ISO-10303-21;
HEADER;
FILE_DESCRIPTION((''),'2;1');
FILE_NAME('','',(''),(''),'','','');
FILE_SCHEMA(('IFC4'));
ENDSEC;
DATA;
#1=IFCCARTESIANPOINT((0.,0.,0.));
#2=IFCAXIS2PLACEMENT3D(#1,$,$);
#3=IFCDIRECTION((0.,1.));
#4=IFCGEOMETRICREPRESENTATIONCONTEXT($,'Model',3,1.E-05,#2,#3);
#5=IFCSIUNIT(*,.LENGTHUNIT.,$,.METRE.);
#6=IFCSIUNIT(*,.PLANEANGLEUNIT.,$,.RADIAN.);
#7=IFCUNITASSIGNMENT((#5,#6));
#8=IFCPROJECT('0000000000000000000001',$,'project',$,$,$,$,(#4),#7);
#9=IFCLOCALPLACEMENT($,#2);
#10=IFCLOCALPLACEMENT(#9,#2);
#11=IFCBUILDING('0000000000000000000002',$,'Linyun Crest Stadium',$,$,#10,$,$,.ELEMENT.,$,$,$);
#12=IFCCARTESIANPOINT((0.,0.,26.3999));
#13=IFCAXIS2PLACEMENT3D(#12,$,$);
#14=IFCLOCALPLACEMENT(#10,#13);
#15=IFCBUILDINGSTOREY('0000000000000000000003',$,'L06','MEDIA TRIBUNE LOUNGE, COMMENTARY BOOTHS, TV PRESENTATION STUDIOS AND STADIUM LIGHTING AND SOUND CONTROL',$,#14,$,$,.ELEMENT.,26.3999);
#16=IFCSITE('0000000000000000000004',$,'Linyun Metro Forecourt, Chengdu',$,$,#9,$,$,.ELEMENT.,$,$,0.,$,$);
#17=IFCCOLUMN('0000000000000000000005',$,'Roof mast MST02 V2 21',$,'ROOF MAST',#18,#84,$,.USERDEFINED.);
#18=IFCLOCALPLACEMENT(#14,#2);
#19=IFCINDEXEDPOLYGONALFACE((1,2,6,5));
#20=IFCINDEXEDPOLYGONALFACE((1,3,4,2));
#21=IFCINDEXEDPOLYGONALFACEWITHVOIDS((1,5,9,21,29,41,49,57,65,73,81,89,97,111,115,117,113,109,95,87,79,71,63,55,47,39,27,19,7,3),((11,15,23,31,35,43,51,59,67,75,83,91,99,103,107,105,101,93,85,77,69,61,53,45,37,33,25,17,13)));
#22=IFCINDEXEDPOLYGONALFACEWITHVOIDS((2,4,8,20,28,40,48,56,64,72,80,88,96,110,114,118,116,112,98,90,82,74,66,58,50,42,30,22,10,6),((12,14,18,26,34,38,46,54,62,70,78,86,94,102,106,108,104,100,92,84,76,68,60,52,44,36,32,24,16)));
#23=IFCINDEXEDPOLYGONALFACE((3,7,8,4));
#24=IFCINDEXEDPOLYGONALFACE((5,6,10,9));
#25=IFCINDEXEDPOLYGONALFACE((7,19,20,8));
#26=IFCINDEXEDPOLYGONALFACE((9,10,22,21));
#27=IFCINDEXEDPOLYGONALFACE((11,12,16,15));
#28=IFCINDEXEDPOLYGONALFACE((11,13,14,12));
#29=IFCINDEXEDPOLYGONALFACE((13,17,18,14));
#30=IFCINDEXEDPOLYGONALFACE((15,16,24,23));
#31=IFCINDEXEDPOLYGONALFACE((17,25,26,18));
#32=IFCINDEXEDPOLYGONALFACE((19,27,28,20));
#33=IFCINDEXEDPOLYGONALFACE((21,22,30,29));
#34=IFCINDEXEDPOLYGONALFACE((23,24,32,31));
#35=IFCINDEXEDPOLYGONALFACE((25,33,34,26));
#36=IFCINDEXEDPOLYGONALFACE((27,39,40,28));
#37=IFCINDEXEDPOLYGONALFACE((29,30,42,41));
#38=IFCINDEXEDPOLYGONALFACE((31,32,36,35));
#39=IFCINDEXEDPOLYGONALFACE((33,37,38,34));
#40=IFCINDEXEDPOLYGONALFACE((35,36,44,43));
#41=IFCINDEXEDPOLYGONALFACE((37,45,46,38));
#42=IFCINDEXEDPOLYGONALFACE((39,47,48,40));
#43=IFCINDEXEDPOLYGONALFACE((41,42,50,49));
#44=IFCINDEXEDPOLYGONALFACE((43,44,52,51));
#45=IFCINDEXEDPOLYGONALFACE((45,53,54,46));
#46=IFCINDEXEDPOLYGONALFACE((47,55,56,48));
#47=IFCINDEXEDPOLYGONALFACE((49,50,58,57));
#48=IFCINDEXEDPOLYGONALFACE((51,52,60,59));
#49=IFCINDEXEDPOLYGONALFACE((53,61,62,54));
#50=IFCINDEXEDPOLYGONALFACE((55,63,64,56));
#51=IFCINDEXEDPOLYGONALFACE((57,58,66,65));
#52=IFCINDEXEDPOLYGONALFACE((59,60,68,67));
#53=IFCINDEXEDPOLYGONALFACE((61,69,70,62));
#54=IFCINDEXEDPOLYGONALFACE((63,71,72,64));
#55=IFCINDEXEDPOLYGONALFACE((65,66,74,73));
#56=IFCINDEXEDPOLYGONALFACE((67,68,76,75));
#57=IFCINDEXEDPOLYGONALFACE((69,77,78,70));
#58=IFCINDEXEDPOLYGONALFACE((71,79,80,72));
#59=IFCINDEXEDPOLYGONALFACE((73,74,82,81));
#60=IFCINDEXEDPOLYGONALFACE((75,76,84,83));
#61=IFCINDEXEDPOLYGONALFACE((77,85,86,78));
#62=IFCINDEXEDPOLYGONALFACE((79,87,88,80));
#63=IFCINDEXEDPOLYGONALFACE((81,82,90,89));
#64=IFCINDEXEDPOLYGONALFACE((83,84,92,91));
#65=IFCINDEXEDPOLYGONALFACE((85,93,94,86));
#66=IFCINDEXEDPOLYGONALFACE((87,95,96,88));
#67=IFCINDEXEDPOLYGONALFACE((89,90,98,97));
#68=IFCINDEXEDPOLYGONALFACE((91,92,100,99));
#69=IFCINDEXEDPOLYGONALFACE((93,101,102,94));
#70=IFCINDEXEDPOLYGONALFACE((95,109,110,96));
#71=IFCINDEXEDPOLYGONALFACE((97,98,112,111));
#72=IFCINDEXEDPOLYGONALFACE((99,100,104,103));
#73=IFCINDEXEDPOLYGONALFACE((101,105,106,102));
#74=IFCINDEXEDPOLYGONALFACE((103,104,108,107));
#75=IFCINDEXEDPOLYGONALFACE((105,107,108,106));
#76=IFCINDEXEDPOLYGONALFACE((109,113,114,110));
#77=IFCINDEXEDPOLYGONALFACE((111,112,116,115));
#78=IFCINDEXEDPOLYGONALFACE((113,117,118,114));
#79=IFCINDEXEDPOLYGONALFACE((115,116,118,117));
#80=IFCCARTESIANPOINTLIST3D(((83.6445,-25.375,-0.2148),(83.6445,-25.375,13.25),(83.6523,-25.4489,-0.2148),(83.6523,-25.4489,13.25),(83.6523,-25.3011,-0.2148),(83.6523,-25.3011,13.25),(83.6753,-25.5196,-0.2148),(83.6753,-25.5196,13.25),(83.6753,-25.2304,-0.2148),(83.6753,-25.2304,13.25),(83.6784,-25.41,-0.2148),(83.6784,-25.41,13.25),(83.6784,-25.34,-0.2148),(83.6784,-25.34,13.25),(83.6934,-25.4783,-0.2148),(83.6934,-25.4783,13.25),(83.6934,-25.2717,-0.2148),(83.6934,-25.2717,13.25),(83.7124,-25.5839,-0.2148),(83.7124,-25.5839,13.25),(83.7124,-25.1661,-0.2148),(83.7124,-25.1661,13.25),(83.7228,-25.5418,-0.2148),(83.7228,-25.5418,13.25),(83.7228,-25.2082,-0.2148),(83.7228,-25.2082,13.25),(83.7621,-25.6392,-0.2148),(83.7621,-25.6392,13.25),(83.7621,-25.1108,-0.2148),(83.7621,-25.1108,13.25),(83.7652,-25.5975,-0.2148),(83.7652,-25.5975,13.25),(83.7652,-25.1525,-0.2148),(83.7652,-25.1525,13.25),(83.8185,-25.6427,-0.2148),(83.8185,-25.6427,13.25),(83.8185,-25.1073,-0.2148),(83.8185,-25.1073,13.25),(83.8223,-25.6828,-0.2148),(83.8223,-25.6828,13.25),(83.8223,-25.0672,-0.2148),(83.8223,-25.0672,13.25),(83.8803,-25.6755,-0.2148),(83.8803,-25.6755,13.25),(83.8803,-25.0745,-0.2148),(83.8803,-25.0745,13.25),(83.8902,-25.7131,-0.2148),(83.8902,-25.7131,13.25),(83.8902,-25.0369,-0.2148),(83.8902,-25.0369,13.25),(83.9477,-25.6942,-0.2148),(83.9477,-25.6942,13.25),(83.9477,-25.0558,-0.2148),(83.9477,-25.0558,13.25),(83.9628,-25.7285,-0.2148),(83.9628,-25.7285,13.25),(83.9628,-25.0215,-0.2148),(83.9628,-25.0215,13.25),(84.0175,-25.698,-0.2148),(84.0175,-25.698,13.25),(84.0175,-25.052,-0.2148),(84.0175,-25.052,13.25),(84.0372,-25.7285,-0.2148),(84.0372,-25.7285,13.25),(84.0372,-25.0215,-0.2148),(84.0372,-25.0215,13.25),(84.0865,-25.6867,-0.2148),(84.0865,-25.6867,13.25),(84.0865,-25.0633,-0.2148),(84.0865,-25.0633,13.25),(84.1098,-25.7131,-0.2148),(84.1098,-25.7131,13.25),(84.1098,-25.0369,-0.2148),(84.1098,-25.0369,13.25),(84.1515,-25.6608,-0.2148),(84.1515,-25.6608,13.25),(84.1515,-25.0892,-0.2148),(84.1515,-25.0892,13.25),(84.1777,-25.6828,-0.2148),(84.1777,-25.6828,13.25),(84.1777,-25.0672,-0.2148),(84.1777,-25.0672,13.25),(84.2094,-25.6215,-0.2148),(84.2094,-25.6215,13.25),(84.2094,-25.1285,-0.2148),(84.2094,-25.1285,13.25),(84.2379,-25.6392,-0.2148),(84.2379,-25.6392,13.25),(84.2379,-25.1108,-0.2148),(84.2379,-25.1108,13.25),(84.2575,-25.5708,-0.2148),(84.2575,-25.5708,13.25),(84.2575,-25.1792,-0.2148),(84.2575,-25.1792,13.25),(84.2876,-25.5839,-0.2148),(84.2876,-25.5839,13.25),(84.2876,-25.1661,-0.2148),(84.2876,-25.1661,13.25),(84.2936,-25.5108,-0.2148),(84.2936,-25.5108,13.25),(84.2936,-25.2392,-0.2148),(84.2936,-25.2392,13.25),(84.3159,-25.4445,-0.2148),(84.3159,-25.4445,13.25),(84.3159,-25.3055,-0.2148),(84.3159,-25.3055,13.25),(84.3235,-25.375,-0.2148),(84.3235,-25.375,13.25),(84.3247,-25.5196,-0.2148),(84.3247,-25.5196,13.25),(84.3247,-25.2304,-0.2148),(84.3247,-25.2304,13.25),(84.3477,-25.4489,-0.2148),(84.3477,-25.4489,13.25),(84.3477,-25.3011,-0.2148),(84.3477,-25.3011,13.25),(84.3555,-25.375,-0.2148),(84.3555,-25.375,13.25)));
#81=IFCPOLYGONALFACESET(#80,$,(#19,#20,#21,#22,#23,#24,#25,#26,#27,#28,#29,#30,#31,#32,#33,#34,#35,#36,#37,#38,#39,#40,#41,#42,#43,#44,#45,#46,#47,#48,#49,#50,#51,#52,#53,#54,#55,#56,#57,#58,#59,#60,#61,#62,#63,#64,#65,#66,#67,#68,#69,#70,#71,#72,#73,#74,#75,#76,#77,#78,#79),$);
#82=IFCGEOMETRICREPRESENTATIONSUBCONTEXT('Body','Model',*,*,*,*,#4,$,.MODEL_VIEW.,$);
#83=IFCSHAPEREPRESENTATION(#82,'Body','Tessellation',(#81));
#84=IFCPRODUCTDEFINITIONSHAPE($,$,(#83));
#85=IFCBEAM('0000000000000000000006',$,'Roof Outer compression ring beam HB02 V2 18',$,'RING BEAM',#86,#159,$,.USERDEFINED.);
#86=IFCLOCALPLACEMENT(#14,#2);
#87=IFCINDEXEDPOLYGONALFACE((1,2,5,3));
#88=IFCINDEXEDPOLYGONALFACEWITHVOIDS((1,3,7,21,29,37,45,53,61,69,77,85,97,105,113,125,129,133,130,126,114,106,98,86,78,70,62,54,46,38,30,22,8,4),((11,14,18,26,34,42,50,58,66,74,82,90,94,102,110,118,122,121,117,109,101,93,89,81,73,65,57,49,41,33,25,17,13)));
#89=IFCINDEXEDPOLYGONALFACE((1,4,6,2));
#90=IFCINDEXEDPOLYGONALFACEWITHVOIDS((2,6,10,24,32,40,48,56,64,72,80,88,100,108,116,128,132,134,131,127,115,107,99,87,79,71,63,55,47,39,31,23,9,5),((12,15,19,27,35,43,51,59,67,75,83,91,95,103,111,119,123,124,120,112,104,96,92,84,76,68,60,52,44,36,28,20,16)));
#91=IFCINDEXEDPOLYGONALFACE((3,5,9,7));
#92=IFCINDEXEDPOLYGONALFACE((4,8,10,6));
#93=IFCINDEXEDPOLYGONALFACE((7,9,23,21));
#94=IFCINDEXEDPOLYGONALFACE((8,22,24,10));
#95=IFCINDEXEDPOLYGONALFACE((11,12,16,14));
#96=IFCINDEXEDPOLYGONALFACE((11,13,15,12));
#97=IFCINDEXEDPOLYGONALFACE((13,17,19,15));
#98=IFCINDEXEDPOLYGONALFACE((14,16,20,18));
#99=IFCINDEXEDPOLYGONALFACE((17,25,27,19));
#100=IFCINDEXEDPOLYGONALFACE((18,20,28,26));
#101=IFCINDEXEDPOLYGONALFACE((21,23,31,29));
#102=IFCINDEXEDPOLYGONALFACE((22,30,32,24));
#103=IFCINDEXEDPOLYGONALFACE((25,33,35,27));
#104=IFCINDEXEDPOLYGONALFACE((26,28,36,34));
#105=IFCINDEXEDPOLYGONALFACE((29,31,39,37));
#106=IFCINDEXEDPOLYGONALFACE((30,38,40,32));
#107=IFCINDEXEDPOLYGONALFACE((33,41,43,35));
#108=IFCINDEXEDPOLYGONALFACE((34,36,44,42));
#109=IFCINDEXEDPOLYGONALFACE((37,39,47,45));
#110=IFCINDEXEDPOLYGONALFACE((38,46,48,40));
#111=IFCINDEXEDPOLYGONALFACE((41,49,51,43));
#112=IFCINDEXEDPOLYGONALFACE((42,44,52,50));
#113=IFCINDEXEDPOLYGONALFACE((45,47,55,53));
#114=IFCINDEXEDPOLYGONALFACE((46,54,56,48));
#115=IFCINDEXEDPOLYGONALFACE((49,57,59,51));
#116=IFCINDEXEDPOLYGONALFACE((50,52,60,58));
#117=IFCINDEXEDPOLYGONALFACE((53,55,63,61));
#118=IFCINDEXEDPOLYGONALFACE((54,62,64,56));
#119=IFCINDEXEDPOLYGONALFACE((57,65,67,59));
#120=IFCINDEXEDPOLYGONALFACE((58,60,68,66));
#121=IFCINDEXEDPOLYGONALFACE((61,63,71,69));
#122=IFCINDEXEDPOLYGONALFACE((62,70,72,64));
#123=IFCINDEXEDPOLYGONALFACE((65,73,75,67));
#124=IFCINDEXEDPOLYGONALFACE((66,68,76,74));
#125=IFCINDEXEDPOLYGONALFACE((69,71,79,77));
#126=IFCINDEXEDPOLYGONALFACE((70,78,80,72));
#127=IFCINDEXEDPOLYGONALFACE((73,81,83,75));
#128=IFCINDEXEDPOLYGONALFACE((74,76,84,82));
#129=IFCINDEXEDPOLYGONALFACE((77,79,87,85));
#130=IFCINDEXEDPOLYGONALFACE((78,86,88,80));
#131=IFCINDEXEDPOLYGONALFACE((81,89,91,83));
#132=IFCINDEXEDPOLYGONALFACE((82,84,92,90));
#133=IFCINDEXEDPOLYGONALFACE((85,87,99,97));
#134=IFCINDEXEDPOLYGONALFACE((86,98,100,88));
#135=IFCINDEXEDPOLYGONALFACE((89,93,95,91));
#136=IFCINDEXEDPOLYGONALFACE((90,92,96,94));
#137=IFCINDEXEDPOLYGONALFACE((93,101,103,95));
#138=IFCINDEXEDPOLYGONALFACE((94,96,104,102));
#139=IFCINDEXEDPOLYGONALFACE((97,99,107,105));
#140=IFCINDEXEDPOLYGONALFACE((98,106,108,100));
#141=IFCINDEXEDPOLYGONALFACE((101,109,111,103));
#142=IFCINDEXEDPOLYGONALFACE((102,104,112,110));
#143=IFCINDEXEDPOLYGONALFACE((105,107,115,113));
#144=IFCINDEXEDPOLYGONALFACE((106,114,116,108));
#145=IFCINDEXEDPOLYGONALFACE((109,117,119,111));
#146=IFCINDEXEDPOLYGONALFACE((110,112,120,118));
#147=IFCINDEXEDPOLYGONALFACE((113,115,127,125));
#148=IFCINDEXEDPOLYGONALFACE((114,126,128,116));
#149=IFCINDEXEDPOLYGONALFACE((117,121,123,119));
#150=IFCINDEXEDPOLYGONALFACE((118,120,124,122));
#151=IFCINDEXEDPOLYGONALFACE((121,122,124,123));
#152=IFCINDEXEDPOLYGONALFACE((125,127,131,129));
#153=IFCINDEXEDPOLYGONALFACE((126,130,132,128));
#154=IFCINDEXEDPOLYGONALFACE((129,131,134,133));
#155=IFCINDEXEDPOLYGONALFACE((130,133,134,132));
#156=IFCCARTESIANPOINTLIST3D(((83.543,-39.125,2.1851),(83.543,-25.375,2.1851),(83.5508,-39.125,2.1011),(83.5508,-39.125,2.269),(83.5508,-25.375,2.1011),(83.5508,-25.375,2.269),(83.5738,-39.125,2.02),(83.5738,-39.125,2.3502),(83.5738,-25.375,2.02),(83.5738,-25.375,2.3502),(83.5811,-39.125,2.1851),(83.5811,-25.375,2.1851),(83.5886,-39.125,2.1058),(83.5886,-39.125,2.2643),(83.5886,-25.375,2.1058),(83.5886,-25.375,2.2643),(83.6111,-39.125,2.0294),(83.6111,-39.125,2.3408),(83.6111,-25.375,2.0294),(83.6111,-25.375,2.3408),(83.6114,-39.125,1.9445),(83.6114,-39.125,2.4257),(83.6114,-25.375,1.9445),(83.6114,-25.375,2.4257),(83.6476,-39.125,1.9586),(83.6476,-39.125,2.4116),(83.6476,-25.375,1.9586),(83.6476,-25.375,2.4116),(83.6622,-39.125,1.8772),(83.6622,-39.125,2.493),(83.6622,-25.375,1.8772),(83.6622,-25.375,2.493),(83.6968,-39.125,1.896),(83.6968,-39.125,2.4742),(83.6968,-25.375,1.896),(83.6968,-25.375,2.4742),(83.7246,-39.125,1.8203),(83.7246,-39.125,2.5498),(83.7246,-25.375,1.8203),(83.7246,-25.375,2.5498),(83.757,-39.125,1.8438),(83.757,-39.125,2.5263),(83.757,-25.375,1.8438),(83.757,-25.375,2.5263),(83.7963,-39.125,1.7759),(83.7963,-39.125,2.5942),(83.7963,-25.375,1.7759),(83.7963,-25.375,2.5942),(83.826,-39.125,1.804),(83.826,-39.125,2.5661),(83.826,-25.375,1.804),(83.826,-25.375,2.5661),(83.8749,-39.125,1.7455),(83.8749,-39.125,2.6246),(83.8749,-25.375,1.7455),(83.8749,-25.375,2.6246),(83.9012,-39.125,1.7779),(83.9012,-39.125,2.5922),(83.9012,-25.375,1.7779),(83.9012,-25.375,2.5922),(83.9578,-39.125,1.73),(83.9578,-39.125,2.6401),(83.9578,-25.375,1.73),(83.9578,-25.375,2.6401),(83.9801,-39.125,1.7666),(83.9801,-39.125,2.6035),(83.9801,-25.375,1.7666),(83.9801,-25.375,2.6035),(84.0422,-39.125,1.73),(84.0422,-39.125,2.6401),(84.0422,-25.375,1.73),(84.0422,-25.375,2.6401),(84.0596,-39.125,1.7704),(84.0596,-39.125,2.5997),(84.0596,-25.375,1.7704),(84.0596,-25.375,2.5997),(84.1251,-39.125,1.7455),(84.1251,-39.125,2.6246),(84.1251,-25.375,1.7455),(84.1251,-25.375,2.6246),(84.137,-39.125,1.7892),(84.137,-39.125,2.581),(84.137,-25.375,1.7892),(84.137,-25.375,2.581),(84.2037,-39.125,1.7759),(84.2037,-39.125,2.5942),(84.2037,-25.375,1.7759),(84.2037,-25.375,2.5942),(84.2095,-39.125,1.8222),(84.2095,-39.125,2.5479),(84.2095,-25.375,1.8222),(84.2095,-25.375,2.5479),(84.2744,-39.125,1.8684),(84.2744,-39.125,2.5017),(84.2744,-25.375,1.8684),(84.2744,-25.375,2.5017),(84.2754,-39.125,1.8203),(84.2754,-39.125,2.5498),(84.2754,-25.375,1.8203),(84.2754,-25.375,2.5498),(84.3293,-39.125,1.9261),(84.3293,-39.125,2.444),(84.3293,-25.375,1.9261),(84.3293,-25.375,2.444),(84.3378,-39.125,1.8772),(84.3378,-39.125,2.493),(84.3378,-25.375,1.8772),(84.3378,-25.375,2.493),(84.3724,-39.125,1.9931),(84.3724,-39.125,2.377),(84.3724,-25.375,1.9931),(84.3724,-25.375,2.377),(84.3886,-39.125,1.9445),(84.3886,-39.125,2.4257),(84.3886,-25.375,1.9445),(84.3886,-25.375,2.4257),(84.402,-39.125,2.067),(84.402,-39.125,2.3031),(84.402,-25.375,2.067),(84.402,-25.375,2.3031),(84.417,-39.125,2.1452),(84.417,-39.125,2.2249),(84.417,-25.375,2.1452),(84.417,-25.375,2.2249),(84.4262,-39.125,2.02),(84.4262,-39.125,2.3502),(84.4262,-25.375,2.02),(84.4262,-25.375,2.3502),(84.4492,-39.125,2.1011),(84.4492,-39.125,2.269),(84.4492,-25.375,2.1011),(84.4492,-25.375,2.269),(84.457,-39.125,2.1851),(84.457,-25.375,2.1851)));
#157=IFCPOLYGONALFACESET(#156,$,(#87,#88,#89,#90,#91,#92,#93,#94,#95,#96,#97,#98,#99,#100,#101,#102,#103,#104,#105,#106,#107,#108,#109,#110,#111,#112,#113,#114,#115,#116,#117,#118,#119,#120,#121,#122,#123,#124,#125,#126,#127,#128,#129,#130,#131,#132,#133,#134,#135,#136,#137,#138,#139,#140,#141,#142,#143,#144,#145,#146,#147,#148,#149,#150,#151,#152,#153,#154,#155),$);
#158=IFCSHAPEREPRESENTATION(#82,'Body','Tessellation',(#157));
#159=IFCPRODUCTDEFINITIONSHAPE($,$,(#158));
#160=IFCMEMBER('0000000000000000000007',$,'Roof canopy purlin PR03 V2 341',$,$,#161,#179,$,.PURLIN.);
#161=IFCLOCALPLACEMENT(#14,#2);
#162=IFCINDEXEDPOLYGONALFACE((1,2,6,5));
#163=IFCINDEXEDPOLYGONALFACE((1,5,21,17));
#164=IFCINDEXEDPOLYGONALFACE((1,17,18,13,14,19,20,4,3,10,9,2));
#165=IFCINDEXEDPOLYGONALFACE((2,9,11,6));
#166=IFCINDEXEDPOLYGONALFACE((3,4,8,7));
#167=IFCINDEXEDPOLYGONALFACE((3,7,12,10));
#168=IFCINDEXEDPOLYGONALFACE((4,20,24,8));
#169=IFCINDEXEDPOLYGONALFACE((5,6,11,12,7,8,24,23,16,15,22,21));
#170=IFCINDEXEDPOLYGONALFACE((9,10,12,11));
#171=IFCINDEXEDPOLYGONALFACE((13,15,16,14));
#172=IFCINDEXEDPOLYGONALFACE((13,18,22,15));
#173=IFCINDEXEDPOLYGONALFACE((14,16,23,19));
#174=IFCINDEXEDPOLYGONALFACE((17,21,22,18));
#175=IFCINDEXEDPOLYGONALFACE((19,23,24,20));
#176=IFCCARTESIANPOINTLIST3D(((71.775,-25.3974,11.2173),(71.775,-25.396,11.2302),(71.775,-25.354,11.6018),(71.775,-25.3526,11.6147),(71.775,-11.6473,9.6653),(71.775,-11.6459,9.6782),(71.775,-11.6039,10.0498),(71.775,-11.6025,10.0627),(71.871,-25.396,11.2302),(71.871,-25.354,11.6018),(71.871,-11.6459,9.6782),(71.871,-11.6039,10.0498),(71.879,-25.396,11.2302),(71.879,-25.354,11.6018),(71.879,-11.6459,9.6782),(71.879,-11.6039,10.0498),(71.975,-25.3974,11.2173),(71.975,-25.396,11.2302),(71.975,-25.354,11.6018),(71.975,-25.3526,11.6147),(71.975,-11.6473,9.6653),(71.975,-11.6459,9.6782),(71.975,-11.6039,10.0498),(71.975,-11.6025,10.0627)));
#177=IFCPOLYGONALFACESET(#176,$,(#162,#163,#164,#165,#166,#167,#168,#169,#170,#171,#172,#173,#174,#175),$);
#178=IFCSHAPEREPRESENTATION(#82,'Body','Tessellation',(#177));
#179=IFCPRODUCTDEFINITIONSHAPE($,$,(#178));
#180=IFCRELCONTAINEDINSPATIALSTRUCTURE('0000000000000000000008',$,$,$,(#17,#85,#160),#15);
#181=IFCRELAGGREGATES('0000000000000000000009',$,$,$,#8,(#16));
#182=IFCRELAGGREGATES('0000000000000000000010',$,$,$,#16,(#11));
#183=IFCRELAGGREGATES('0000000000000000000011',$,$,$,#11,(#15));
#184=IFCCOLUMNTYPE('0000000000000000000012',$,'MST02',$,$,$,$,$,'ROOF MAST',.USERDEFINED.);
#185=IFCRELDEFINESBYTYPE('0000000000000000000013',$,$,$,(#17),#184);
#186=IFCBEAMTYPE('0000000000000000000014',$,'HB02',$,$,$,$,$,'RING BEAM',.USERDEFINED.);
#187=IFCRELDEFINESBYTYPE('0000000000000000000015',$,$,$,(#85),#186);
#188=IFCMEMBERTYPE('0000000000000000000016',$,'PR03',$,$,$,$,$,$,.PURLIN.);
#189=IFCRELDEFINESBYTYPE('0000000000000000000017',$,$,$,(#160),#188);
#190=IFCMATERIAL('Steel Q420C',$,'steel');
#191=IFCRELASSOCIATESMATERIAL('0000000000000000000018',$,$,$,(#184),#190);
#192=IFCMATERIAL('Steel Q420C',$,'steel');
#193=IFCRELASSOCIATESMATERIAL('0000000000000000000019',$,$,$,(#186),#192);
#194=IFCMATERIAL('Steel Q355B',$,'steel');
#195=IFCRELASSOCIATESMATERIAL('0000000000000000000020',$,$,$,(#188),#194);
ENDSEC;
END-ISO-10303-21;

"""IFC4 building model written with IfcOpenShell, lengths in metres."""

from ifc_helpers import new_model, si_unit, direction, frame, origin, origin_2d, place, context, subcontext, project, spatial, hollow_circle, i_section, extrude, material, material_profile, profile_set, type_object, element, save


model = new_model("IFC4")

# Units and contexts
model_context = context("Model", 3, precision=1e-05, world=origin(), true_north=direction((0.0, 1.0)))
body_context = subcontext(model_context, "Body", "Model", "MODEL_VIEW")
ifc_project = project(units=[si_unit("LENGTHUNIT", "METRE"), si_unit("PLANEANGLEUNIT", "RADIAN")], contexts=[model_context])

# Site, building, storey
site_placement = place(None, origin())
site = spatial("IfcSite", under=ifc_project, at=site_placement, Name="Linyun Metro Forecourt, Chengdu", CompositionType="ELEMENT", RefElevation=0.0)
building_placement = place(site_placement, origin())
building = spatial("IfcBuilding", under=site, at=building_placement, Name="Linyun Crest Stadium", CompositionType="ELEMENT")
storey_placement = place(building_placement, frame((0.0, 0.0, 26.3999)))
storey = spatial("IfcBuildingStorey", under=building, at=storey_placement, Name="L06", Description="MEDIA TRIBUNE LOUNGE, COMMENTARY BOOTHS, TV PRESENTATION STUDIOS AND STADIUM LIGHTING AND SOUND CONTROL", CompositionType="ELEMENT", Elevation=26.3999)

# Column
ifc_material_1 = material(Name="Steel Q420C", Category="steel")
ifc_material_profile_1 = material_profile(ifc_material_1, hollow_circle(Radius=0.3555, WallThickness=0.032, at=origin_2d()), Name="CHS 711x32")
ifc_profile_set_1 = profile_set([ifc_material_profile_1], Name="Steel Q420C")
column_type = type_object("IfcColumnType", Name="MST02", ElementType="ROOF MAST", PredefinedType="USERDEFINED", material=ifc_profile_set_1)
column_placement = place(storey_placement, frame((84.0, -25.375, -0.2148), z_axis=(0.0, 0.0, 1.0), x_axis=(1.0, 0.0, 0.0)))
element("IfcColumn", 1, at=column_placement, inside=storey, type_object=column_type, Name="Roof mast MST02 V2 21", ObjectType="ROOF MAST", PredefinedType="USERDEFINED", context=body_context, shape_type="SweptSolid", body=[
    extrude(hollow_circle(Radius=0.3555, WallThickness=0.032, at=origin_2d()), origin(), (0.0, 0.0, 1.0), 13.4648),
])

# Beam
ifc_material_2 = material(Name="Steel Q420C", Category="steel")
ifc_material_profile_2 = material_profile(ifc_material_2, hollow_circle(Radius=0.457, WallThickness=0.0381, at=origin_2d()), Name="CHS 914x38")
ifc_profile_set_2 = profile_set([ifc_material_profile_2], Name="Steel Q420C")
beam_type = type_object("IfcBeamType", Name="HB02", ElementType="RING BEAM", PredefinedType="USERDEFINED", material=ifc_profile_set_2)
beam_placement = place(storey_placement, frame((84.0, -39.125, 2.1851), z_axis=(0.0, 1.0, 0.0), x_axis=(-1.0, 0.0, 0.0)))
element("IfcBeam", 2, at=beam_placement, inside=storey, type_object=beam_type, Name="Roof Outer compression ring beam HB02 V2 18", ObjectType="RING BEAM", PredefinedType="USERDEFINED", context=body_context, shape_type="SweptSolid", body=[
    extrude(hollow_circle(Radius=0.457, WallThickness=0.0381, at=origin_2d()), origin(), (0.0, 0.0, 1.0), 13.75),
])

# Member
ifc_material_3 = material(Name="Steel Q355B", Category="steel")
ifc_material_profile_3 = material_profile(ifc_material_3, i_section(OverallWidth=0.2, OverallDepth=0.3999, WebThickness=0.0081, FlangeThickness=0.0129, at=origin_2d()), Name="HN 400x200")
ifc_profile_set_3 = profile_set([ifc_material_profile_3], Name="Steel Q355B")
member_type_1 = type_object("IfcMemberType", Name="PR03", PredefinedType="PURLIN", material=ifc_profile_set_3)
member_1_placement = place(storey_placement, frame((71.875, -25.375, 11.416), z_axis=(0.0, 0.99369, -0.112161), x_axis=(-1.0, 0.0, 0.0)))
element("IfcMember", 3, at=member_1_placement, inside=storey, type_object=member_type_1, Name="Roof canopy purlin PR03 V2 341", PredefinedType="PURLIN", context=body_context, shape_type="SweptSolid", body=[
    extrude(i_section(OverallWidth=0.2, OverallDepth=0.3999, WebThickness=0.0081, FlangeThickness=0.0129, at=origin_2d()), origin(), (0.0, 0.0, 1.0), 13.8374),
])

save(model, "model.ifc")
